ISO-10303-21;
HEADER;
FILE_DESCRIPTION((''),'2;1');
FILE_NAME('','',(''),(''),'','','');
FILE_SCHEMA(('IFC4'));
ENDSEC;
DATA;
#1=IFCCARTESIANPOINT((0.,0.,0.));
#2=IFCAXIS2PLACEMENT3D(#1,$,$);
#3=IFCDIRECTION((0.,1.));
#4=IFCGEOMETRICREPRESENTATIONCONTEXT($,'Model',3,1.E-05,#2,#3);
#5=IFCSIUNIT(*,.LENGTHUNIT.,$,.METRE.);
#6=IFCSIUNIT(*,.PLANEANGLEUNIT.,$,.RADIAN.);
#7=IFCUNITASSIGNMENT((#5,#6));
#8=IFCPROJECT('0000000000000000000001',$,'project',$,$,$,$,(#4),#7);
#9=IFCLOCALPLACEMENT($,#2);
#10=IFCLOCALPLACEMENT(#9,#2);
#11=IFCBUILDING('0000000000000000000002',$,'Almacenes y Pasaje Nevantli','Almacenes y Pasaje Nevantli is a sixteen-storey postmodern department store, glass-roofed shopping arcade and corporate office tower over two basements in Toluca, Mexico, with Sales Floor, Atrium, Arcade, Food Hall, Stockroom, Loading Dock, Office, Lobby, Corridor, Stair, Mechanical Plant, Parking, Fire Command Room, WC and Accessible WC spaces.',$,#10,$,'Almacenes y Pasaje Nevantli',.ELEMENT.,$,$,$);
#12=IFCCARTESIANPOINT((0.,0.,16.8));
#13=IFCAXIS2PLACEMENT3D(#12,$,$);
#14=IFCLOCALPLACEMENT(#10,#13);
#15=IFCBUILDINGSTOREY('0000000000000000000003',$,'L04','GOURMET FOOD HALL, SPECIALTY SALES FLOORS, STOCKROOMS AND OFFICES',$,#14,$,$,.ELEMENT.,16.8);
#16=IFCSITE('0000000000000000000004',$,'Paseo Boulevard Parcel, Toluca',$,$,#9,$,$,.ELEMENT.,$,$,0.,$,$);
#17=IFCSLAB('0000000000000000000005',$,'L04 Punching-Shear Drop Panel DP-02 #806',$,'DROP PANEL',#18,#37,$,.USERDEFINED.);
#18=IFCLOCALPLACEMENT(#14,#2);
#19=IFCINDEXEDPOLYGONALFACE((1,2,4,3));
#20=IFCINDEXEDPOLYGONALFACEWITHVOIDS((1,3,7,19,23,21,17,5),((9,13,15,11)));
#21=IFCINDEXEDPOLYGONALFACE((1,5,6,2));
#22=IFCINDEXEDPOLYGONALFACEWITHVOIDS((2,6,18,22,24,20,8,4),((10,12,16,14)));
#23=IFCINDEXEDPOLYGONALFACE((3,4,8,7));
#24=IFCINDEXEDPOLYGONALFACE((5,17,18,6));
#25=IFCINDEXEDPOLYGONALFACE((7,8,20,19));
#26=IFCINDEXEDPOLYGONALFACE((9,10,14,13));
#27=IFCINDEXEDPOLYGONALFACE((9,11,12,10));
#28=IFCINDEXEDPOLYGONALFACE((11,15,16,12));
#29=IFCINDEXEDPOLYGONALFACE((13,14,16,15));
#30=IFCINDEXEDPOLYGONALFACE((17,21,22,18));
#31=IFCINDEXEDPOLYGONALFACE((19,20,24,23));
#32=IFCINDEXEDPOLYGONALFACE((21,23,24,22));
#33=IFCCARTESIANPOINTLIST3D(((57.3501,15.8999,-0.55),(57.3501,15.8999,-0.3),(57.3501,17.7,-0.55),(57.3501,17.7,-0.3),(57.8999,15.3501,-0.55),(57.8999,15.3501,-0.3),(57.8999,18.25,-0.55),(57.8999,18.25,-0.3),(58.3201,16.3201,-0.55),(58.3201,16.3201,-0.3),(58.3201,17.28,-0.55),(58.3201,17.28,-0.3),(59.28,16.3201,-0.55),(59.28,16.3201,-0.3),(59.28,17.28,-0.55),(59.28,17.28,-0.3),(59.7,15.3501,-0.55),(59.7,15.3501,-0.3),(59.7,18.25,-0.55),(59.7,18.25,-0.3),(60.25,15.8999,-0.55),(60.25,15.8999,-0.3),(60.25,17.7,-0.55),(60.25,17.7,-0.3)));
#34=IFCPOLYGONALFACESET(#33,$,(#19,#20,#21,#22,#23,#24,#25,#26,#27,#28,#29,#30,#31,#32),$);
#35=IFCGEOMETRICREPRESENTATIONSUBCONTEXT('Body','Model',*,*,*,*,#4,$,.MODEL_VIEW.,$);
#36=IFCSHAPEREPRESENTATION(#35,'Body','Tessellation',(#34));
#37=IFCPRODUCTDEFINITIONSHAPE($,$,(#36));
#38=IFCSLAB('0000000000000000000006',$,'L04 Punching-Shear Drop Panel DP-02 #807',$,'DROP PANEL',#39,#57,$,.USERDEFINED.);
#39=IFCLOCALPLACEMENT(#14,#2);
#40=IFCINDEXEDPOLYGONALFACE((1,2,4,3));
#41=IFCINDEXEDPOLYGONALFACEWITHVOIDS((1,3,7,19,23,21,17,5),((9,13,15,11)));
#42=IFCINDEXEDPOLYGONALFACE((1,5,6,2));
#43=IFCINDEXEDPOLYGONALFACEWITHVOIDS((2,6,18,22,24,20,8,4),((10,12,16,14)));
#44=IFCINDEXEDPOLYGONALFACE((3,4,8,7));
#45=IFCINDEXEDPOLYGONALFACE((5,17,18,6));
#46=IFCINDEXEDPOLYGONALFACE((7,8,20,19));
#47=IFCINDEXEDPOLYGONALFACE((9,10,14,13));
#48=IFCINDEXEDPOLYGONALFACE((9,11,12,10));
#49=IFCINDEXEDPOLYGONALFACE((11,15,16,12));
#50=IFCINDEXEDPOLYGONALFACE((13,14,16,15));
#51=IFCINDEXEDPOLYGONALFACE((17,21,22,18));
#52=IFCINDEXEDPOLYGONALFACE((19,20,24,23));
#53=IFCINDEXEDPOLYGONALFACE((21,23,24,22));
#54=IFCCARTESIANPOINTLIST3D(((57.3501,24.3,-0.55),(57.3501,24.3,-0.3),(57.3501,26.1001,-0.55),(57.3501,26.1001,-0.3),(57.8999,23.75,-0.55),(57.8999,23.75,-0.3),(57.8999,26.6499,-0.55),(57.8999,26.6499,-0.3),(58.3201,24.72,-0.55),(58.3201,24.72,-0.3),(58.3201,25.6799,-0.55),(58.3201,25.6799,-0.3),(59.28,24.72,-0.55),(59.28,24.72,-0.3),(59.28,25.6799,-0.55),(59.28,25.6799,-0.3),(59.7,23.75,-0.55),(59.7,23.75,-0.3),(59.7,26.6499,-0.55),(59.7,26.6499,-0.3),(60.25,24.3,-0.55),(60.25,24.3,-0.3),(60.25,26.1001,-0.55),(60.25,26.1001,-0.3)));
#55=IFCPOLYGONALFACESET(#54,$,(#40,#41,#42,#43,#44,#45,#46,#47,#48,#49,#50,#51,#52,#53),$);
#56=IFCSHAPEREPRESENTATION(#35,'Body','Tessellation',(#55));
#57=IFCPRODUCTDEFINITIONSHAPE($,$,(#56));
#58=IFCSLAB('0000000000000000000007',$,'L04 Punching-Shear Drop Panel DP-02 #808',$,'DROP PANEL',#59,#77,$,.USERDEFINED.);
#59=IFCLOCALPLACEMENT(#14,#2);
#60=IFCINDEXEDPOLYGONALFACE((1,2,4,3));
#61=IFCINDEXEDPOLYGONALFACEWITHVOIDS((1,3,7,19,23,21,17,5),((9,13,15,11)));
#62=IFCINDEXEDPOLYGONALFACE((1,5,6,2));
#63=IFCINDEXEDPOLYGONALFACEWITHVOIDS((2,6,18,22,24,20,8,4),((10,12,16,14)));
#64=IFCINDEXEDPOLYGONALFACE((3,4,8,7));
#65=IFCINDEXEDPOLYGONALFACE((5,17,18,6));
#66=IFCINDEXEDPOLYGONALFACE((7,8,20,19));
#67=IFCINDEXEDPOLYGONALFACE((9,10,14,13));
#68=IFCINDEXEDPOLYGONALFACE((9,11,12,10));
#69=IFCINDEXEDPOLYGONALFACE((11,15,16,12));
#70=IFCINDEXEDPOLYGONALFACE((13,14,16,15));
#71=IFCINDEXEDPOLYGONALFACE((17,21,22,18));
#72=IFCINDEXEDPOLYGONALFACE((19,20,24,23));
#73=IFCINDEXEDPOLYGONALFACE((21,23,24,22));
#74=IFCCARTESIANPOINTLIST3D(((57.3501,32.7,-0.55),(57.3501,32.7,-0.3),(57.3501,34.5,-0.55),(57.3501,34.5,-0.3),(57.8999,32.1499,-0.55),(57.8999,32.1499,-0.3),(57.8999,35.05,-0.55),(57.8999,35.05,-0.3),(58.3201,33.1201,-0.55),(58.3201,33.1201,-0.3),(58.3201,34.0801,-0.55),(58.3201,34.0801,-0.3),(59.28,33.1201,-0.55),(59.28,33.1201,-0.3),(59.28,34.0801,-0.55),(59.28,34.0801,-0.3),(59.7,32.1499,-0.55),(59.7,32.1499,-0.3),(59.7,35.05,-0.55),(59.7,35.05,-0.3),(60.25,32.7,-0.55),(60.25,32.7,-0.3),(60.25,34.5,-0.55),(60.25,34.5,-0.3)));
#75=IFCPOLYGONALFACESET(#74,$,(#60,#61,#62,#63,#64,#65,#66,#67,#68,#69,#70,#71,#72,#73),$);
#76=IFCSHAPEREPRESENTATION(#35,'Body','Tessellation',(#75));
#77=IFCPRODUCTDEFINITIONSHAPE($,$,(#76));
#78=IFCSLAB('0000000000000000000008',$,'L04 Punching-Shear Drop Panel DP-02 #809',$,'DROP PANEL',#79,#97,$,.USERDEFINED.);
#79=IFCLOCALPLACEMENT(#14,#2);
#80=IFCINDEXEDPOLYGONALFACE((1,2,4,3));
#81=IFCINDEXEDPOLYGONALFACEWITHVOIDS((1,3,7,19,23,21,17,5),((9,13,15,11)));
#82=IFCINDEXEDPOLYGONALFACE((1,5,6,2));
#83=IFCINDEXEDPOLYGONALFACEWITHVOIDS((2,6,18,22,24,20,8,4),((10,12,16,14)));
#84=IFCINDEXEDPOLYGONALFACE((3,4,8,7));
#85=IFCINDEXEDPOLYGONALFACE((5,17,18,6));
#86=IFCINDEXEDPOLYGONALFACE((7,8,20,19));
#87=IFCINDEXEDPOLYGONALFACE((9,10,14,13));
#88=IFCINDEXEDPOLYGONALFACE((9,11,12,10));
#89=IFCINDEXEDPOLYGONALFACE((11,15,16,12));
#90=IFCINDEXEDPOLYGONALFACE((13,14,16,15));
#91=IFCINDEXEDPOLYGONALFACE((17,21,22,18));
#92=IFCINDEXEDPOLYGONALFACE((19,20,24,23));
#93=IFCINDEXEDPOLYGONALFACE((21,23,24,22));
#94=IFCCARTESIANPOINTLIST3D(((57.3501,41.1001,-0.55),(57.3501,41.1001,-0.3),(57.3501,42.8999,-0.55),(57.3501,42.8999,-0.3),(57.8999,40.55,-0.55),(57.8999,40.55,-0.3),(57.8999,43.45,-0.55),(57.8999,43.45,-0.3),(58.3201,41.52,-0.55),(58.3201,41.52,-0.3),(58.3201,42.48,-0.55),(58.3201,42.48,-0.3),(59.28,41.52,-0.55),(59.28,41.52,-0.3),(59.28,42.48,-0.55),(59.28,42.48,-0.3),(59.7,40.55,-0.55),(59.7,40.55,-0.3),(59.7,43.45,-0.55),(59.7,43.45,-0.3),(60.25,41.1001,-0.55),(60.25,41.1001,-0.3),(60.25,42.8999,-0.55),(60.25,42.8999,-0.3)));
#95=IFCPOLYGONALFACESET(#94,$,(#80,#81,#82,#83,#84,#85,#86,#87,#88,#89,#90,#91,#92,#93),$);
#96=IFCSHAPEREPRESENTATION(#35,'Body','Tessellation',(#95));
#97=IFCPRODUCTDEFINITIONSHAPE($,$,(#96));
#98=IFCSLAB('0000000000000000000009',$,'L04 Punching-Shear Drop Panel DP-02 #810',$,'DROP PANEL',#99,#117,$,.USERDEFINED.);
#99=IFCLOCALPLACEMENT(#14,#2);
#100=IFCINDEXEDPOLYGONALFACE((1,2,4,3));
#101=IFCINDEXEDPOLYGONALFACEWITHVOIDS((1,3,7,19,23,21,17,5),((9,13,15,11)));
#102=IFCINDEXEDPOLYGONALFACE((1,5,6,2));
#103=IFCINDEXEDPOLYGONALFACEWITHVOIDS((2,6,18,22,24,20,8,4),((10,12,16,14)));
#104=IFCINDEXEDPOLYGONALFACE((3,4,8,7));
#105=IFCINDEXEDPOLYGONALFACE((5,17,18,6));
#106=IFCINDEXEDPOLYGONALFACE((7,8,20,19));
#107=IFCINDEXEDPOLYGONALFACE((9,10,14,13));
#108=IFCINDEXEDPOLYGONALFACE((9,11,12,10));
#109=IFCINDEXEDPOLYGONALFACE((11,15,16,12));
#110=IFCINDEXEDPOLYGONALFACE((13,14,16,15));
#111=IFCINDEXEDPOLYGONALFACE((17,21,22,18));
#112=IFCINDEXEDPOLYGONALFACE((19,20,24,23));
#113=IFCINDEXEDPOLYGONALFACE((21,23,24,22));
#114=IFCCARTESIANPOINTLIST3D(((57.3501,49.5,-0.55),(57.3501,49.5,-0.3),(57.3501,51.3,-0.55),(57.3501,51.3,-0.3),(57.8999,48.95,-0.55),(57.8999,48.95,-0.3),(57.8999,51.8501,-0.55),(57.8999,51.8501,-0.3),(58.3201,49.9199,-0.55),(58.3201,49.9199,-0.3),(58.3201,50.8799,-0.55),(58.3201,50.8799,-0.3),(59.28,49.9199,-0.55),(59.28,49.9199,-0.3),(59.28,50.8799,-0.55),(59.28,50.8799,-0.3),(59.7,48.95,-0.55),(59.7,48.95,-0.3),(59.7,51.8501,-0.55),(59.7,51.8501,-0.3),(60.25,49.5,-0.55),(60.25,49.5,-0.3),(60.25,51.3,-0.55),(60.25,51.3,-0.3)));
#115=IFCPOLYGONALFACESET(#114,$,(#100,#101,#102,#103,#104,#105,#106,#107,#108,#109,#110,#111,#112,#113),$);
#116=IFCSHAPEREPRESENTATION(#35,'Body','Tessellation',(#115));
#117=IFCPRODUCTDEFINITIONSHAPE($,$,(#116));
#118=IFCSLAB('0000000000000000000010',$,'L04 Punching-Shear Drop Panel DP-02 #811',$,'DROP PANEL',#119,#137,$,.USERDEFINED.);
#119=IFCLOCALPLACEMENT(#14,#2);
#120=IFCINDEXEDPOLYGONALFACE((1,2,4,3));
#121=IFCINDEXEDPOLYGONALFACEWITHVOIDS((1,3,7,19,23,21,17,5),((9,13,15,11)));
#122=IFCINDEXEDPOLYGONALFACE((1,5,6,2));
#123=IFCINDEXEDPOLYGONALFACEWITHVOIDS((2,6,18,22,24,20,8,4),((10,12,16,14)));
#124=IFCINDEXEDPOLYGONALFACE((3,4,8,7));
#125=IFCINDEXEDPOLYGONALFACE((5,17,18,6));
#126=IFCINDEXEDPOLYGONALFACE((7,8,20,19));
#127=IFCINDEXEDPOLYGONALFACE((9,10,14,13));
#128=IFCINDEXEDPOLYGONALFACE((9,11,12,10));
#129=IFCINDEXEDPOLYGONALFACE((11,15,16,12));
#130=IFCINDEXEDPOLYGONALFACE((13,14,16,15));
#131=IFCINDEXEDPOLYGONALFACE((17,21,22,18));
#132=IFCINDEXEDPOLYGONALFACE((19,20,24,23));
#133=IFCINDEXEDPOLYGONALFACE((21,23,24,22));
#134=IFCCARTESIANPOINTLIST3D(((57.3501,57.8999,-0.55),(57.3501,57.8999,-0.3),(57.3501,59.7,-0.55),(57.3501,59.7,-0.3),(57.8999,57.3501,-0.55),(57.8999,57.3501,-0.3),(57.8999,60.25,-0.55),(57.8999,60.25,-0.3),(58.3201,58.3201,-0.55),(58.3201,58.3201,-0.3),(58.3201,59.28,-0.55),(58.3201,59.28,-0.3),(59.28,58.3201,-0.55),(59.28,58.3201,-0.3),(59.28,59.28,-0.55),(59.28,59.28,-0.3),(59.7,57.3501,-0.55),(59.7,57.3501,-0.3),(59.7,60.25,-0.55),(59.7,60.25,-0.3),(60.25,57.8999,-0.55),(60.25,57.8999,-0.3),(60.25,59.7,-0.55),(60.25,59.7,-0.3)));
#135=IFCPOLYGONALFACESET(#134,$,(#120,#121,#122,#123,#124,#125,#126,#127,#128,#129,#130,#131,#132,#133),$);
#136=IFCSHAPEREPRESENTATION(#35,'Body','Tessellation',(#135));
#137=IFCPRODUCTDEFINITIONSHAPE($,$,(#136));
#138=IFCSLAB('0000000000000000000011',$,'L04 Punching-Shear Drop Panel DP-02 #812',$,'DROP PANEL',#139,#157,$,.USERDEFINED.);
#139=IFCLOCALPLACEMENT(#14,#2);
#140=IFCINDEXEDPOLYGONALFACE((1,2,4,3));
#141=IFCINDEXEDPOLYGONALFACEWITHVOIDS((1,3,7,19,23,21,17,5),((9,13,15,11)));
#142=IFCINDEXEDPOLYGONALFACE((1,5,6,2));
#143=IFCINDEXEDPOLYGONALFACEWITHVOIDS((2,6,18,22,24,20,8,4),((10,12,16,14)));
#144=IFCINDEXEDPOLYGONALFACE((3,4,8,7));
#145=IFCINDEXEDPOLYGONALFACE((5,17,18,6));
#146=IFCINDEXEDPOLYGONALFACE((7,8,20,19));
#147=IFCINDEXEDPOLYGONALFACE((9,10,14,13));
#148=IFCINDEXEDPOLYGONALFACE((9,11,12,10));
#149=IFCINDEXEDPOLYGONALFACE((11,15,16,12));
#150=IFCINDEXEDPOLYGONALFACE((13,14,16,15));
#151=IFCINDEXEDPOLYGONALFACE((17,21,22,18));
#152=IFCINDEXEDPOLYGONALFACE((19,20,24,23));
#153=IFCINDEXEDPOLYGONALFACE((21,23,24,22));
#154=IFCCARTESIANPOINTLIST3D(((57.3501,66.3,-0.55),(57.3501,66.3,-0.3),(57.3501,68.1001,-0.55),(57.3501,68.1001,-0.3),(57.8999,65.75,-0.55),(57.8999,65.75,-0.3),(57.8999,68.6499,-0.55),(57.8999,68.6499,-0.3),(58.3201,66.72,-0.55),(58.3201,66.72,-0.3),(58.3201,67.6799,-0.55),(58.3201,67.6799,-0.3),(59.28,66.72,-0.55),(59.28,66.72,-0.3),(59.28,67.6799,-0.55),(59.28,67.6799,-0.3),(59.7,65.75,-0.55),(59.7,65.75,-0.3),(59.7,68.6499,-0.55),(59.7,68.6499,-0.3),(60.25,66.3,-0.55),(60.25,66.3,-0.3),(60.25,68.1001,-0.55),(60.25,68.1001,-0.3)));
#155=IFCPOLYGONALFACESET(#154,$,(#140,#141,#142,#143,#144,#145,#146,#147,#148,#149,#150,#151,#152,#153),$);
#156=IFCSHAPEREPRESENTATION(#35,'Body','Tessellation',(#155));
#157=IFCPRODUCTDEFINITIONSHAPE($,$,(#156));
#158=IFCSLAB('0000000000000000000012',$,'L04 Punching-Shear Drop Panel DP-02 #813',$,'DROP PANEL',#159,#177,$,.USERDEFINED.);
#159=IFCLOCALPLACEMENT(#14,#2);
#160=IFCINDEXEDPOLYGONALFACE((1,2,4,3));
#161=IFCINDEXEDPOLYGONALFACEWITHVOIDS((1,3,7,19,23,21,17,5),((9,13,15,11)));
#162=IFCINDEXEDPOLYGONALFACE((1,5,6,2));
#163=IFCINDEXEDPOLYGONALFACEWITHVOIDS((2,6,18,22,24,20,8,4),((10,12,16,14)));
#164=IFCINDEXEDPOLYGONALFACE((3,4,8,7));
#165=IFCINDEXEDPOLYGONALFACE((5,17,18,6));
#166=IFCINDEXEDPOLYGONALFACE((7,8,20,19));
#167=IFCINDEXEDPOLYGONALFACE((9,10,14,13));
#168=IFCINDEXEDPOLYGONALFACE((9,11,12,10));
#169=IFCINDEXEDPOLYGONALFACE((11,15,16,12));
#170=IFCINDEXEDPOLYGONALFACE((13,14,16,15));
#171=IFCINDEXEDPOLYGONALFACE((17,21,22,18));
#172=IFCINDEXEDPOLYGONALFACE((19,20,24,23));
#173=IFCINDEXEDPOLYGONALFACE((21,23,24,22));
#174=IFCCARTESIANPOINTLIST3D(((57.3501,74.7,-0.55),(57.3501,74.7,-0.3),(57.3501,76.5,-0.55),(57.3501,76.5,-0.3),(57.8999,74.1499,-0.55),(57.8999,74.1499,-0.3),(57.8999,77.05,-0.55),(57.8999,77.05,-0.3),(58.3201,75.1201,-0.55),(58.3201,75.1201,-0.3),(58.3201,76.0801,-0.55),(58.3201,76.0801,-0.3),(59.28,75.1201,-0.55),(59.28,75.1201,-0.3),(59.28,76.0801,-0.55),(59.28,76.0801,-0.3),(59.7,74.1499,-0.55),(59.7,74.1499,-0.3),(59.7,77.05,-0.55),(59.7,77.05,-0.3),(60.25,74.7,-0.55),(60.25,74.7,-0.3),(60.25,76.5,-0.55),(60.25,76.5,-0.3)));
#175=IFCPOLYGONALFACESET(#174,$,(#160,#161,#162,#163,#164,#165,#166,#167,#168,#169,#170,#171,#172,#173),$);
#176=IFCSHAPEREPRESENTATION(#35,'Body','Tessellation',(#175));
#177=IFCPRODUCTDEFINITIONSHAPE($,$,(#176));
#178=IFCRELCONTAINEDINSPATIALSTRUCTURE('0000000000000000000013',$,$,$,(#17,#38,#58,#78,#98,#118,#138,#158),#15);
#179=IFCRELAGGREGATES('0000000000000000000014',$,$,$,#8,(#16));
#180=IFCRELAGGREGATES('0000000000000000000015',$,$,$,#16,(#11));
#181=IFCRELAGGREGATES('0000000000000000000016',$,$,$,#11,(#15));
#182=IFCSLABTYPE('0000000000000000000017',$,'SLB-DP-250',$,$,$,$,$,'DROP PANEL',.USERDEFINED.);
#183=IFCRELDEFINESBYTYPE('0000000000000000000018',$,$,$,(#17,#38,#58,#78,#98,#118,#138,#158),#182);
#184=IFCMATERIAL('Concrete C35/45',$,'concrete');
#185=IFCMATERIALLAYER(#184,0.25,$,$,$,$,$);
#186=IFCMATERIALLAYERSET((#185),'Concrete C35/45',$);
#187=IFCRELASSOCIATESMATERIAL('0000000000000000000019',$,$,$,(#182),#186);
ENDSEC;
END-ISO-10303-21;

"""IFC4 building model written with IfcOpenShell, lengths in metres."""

from ifc_helpers import new_model, si_unit, direction, frame, origin, place, context, subcontext, project, spatial, polyline, outline, extrude, material, layer, layer_set, type_object, element, save


model = new_model("IFC4")

# Units and contexts
model_context = context("Model", 3, precision=1e-05, world=origin(), true_north=direction((0.0, 1.0)))
body_context = subcontext(model_context, "Body", "Model", "MODEL_VIEW")
ifc_project = project(units=[si_unit("LENGTHUNIT", "METRE"), si_unit("PLANEANGLEUNIT", "RADIAN")], contexts=[model_context])

# Site, building, storey
site_placement = place(None, origin())
site = spatial("IfcSite", under=ifc_project, at=site_placement, Name="Paseo Boulevard Parcel, Toluca", CompositionType="ELEMENT", RefElevation=0.0)
building_placement = place(site_placement, origin())
building = spatial("IfcBuilding", under=site, at=building_placement, Name="Almacenes y Pasaje Nevantli", Description="Almacenes y Pasaje Nevantli is a sixteen-storey postmodern department store, glass-roofed shopping arcade and corporate office tower over two basements in Toluca, Mexico, with Sales Floor, Atrium, Arcade, Food Hall, Stockroom, Loading Dock, Office, Lobby, Corridor, Stair, Mechanical Plant, Parking, Fire Command Room, WC and Accessible WC spaces.", LongName="Almacenes y Pasaje Nevantli", CompositionType="ELEMENT")
storey_placement = place(building_placement, frame((0.0, 0.0, 16.8)))
storey = spatial("IfcBuildingStorey", under=building, at=storey_placement, Name="L04", Description="GOURMET FOOD HALL, SPECIALTY SALES FLOORS, STOCKROOMS AND OFFICES", CompositionType="ELEMENT", Elevation=16.8)

# Slabs
ifc_material_1 = material(Name="Concrete C35/45", Category="concrete")
ifc_layer_1 = layer(ifc_material_1, 0.25)
ifc_layer_set_1 = layer_set([ifc_layer_1], Name="Concrete C35/45")
slab_type_1 = type_object("IfcSlabType", Name="SLB-DP-250", ElementType="DROP PANEL", PredefinedType="USERDEFINED", material=ifc_layer_set_1)
slab_1_placement = place(storey_placement, frame((0.0, 0.0, -0.55)))
element("IfcSlab", 1, at=slab_1_placement, inside=storey, type_object=slab_type_1, Name="L04 Punching-Shear Drop Panel DP-02 #806", ObjectType="DROP PANEL", PredefinedType="USERDEFINED", context=body_context, shape_type="SweptSolid", body=[
    extrude(outline(polyline([(57.8999, 15.3501), (59.7, 15.3501), (60.25, 15.8999), (60.25, 17.7), (59.7, 18.25), (57.8999, 18.25), (57.3501, 17.7), (57.3501, 15.8999), (57.8999, 15.3501)]), holes=[polyline([(58.3201, 16.3201), (59.28, 16.3201), (59.28, 17.28), (58.3201, 17.28), (58.3201, 16.3201)])]), origin(), (0.0, 0.0, 1.0), 0.25),
])
slab_2_placement = place(storey_placement, frame((0.0, 0.0, -0.55)))
element("IfcSlab", 2, at=slab_2_placement, inside=storey, type_object=slab_type_1, Name="L04 Punching-Shear Drop Panel DP-02 #807", ObjectType="DROP PANEL", PredefinedType="USERDEFINED", context=body_context, shape_type="SweptSolid", body=[
    extrude(outline(polyline([(57.8999, 23.75), (59.7, 23.75), (60.25, 24.3), (60.25, 26.1001), (59.7, 26.6499), (57.8999, 26.6499), (57.3501, 26.1001), (57.3501, 24.3), (57.8999, 23.75)]), holes=[polyline([(58.3201, 24.72), (59.28, 24.72), (59.28, 25.6799), (58.3201, 25.6799), (58.3201, 24.72)])]), origin(), (0.0, 0.0, 1.0), 0.25),
])
slab_3_placement = place(storey_placement, frame((0.0, 0.0, -0.55)))
element("IfcSlab", 3, at=slab_3_placement, inside=storey, type_object=slab_type_1, Name="L04 Punching-Shear Drop Panel DP-02 #808", ObjectType="DROP PANEL", PredefinedType="USERDEFINED", context=body_context, shape_type="SweptSolid", body=[
    extrude(outline(polyline([(57.8999, 32.1499), (59.7, 32.1499), (60.25, 32.7), (60.25, 34.5), (59.7, 35.05), (57.8999, 35.05), (57.3501, 34.5), (57.3501, 32.7), (57.8999, 32.1499)]), holes=[polyline([(58.3201, 33.1201), (59.28, 33.1201), (59.28, 34.0801), (58.3201, 34.0801), (58.3201, 33.1201)])]), origin(), (0.0, 0.0, 1.0), 0.25),
])
slab_4_placement = place(storey_placement, frame((0.0, 0.0, -0.55)))
element("IfcSlab", 4, at=slab_4_placement, inside=storey, type_object=slab_type_1, Name="L04 Punching-Shear Drop Panel DP-02 #809", ObjectType="DROP PANEL", PredefinedType="USERDEFINED", context=body_context, shape_type="SweptSolid", body=[
    extrude(outline(polyline([(57.8999, 40.55), (59.7, 40.55), (60.25, 41.1001), (60.25, 42.8999), (59.7, 43.45), (57.8999, 43.45), (57.3501, 42.8999), (57.3501, 41.1001), (57.8999, 40.55)]), holes=[polyline([(58.3201, 41.52), (59.28, 41.52), (59.28, 42.48), (58.3201, 42.48), (58.3201, 41.52)])]), origin(), (0.0, 0.0, 1.0), 0.25),
])
slab_5_placement = place(storey_placement, frame((0.0, 0.0, -0.55)))
element("IfcSlab", 5, at=slab_5_placement, inside=storey, type_object=slab_type_1, Name="L04 Punching-Shear Drop Panel DP-02 #810", ObjectType="DROP PANEL", PredefinedType="USERDEFINED", context=body_context, shape_type="SweptSolid", body=[
    extrude(outline(polyline([(57.8999, 48.95), (59.7, 48.95), (60.25, 49.5), (60.25, 51.3), (59.7, 51.8501), (57.8999, 51.8501), (57.3501, 51.3), (57.3501, 49.5), (57.8999, 48.95)]), holes=[polyline([(58.3201, 49.9199), (59.28, 49.9199), (59.28, 50.8799), (58.3201, 50.8799), (58.3201, 49.9199)])]), origin(), (0.0, 0.0, 1.0), 0.25),
])
slab_6_placement = place(storey_placement, frame((0.0, 0.0, -0.55)))
element("IfcSlab", 6, at=slab_6_placement, inside=storey, type_object=slab_type_1, Name="L04 Punching-Shear Drop Panel DP-02 #811", ObjectType="DROP PANEL", PredefinedType="USERDEFINED", context=body_context, shape_type="SweptSolid", body=[
    extrude(outline(polyline([(57.8999, 57.3501), (59.7, 57.3501), (60.25, 57.8999), (60.25, 59.7), (59.7, 60.25), (57.8999, 60.25), (57.3501, 59.7), (57.3501, 57.8999), (57.8999, 57.3501)]), holes=[polyline([(58.3201, 58.3201), (59.28, 58.3201), (59.28, 59.28), (58.3201, 59.28), (58.3201, 58.3201)])]), origin(), (0.0, 0.0, 1.0), 0.25),
])
slab_7_placement = place(storey_placement, frame((0.0, 0.0, -0.55)))
element("IfcSlab", 7, at=slab_7_placement, inside=storey, type_object=slab_type_1, Name="L04 Punching-Shear Drop Panel DP-02 #812", ObjectType="DROP PANEL", PredefinedType="USERDEFINED", context=body_context, shape_type="SweptSolid", body=[
    extrude(outline(polyline([(57.8999, 65.75), (59.7, 65.75), (60.25, 66.3), (60.25, 68.1001), (59.7, 68.6499), (57.8999, 68.6499), (57.3501, 68.1001), (57.3501, 66.3), (57.8999, 65.75)]), holes=[polyline([(58.3201, 66.72), (59.28, 66.72), (59.28, 67.6799), (58.3201, 67.6799), (58.3201, 66.72)])]), origin(), (0.0, 0.0, 1.0), 0.25),
])
slab_8_placement = place(storey_placement, frame((0.0, 0.0, -0.55)))
element("IfcSlab", 8, at=slab_8_placement, inside=storey, type_object=slab_type_1, Name="L04 Punching-Shear Drop Panel DP-02 #813", ObjectType="DROP PANEL", PredefinedType="USERDEFINED", context=body_context, shape_type="SweptSolid", body=[
    extrude(outline(polyline([(57.8999, 74.1499), (59.7, 74.1499), (60.25, 74.7), (60.25, 76.5), (59.7, 77.05), (57.8999, 77.05), (57.3501, 76.5), (57.3501, 74.7), (57.8999, 74.1499)]), holes=[polyline([(58.3201, 75.1201), (59.28, 75.1201), (59.28, 76.0801), (58.3201, 76.0801), (58.3201, 75.1201)])]), origin(), (0.0, 0.0, 1.0), 0.25),
])

save(model, "model.ifc")
